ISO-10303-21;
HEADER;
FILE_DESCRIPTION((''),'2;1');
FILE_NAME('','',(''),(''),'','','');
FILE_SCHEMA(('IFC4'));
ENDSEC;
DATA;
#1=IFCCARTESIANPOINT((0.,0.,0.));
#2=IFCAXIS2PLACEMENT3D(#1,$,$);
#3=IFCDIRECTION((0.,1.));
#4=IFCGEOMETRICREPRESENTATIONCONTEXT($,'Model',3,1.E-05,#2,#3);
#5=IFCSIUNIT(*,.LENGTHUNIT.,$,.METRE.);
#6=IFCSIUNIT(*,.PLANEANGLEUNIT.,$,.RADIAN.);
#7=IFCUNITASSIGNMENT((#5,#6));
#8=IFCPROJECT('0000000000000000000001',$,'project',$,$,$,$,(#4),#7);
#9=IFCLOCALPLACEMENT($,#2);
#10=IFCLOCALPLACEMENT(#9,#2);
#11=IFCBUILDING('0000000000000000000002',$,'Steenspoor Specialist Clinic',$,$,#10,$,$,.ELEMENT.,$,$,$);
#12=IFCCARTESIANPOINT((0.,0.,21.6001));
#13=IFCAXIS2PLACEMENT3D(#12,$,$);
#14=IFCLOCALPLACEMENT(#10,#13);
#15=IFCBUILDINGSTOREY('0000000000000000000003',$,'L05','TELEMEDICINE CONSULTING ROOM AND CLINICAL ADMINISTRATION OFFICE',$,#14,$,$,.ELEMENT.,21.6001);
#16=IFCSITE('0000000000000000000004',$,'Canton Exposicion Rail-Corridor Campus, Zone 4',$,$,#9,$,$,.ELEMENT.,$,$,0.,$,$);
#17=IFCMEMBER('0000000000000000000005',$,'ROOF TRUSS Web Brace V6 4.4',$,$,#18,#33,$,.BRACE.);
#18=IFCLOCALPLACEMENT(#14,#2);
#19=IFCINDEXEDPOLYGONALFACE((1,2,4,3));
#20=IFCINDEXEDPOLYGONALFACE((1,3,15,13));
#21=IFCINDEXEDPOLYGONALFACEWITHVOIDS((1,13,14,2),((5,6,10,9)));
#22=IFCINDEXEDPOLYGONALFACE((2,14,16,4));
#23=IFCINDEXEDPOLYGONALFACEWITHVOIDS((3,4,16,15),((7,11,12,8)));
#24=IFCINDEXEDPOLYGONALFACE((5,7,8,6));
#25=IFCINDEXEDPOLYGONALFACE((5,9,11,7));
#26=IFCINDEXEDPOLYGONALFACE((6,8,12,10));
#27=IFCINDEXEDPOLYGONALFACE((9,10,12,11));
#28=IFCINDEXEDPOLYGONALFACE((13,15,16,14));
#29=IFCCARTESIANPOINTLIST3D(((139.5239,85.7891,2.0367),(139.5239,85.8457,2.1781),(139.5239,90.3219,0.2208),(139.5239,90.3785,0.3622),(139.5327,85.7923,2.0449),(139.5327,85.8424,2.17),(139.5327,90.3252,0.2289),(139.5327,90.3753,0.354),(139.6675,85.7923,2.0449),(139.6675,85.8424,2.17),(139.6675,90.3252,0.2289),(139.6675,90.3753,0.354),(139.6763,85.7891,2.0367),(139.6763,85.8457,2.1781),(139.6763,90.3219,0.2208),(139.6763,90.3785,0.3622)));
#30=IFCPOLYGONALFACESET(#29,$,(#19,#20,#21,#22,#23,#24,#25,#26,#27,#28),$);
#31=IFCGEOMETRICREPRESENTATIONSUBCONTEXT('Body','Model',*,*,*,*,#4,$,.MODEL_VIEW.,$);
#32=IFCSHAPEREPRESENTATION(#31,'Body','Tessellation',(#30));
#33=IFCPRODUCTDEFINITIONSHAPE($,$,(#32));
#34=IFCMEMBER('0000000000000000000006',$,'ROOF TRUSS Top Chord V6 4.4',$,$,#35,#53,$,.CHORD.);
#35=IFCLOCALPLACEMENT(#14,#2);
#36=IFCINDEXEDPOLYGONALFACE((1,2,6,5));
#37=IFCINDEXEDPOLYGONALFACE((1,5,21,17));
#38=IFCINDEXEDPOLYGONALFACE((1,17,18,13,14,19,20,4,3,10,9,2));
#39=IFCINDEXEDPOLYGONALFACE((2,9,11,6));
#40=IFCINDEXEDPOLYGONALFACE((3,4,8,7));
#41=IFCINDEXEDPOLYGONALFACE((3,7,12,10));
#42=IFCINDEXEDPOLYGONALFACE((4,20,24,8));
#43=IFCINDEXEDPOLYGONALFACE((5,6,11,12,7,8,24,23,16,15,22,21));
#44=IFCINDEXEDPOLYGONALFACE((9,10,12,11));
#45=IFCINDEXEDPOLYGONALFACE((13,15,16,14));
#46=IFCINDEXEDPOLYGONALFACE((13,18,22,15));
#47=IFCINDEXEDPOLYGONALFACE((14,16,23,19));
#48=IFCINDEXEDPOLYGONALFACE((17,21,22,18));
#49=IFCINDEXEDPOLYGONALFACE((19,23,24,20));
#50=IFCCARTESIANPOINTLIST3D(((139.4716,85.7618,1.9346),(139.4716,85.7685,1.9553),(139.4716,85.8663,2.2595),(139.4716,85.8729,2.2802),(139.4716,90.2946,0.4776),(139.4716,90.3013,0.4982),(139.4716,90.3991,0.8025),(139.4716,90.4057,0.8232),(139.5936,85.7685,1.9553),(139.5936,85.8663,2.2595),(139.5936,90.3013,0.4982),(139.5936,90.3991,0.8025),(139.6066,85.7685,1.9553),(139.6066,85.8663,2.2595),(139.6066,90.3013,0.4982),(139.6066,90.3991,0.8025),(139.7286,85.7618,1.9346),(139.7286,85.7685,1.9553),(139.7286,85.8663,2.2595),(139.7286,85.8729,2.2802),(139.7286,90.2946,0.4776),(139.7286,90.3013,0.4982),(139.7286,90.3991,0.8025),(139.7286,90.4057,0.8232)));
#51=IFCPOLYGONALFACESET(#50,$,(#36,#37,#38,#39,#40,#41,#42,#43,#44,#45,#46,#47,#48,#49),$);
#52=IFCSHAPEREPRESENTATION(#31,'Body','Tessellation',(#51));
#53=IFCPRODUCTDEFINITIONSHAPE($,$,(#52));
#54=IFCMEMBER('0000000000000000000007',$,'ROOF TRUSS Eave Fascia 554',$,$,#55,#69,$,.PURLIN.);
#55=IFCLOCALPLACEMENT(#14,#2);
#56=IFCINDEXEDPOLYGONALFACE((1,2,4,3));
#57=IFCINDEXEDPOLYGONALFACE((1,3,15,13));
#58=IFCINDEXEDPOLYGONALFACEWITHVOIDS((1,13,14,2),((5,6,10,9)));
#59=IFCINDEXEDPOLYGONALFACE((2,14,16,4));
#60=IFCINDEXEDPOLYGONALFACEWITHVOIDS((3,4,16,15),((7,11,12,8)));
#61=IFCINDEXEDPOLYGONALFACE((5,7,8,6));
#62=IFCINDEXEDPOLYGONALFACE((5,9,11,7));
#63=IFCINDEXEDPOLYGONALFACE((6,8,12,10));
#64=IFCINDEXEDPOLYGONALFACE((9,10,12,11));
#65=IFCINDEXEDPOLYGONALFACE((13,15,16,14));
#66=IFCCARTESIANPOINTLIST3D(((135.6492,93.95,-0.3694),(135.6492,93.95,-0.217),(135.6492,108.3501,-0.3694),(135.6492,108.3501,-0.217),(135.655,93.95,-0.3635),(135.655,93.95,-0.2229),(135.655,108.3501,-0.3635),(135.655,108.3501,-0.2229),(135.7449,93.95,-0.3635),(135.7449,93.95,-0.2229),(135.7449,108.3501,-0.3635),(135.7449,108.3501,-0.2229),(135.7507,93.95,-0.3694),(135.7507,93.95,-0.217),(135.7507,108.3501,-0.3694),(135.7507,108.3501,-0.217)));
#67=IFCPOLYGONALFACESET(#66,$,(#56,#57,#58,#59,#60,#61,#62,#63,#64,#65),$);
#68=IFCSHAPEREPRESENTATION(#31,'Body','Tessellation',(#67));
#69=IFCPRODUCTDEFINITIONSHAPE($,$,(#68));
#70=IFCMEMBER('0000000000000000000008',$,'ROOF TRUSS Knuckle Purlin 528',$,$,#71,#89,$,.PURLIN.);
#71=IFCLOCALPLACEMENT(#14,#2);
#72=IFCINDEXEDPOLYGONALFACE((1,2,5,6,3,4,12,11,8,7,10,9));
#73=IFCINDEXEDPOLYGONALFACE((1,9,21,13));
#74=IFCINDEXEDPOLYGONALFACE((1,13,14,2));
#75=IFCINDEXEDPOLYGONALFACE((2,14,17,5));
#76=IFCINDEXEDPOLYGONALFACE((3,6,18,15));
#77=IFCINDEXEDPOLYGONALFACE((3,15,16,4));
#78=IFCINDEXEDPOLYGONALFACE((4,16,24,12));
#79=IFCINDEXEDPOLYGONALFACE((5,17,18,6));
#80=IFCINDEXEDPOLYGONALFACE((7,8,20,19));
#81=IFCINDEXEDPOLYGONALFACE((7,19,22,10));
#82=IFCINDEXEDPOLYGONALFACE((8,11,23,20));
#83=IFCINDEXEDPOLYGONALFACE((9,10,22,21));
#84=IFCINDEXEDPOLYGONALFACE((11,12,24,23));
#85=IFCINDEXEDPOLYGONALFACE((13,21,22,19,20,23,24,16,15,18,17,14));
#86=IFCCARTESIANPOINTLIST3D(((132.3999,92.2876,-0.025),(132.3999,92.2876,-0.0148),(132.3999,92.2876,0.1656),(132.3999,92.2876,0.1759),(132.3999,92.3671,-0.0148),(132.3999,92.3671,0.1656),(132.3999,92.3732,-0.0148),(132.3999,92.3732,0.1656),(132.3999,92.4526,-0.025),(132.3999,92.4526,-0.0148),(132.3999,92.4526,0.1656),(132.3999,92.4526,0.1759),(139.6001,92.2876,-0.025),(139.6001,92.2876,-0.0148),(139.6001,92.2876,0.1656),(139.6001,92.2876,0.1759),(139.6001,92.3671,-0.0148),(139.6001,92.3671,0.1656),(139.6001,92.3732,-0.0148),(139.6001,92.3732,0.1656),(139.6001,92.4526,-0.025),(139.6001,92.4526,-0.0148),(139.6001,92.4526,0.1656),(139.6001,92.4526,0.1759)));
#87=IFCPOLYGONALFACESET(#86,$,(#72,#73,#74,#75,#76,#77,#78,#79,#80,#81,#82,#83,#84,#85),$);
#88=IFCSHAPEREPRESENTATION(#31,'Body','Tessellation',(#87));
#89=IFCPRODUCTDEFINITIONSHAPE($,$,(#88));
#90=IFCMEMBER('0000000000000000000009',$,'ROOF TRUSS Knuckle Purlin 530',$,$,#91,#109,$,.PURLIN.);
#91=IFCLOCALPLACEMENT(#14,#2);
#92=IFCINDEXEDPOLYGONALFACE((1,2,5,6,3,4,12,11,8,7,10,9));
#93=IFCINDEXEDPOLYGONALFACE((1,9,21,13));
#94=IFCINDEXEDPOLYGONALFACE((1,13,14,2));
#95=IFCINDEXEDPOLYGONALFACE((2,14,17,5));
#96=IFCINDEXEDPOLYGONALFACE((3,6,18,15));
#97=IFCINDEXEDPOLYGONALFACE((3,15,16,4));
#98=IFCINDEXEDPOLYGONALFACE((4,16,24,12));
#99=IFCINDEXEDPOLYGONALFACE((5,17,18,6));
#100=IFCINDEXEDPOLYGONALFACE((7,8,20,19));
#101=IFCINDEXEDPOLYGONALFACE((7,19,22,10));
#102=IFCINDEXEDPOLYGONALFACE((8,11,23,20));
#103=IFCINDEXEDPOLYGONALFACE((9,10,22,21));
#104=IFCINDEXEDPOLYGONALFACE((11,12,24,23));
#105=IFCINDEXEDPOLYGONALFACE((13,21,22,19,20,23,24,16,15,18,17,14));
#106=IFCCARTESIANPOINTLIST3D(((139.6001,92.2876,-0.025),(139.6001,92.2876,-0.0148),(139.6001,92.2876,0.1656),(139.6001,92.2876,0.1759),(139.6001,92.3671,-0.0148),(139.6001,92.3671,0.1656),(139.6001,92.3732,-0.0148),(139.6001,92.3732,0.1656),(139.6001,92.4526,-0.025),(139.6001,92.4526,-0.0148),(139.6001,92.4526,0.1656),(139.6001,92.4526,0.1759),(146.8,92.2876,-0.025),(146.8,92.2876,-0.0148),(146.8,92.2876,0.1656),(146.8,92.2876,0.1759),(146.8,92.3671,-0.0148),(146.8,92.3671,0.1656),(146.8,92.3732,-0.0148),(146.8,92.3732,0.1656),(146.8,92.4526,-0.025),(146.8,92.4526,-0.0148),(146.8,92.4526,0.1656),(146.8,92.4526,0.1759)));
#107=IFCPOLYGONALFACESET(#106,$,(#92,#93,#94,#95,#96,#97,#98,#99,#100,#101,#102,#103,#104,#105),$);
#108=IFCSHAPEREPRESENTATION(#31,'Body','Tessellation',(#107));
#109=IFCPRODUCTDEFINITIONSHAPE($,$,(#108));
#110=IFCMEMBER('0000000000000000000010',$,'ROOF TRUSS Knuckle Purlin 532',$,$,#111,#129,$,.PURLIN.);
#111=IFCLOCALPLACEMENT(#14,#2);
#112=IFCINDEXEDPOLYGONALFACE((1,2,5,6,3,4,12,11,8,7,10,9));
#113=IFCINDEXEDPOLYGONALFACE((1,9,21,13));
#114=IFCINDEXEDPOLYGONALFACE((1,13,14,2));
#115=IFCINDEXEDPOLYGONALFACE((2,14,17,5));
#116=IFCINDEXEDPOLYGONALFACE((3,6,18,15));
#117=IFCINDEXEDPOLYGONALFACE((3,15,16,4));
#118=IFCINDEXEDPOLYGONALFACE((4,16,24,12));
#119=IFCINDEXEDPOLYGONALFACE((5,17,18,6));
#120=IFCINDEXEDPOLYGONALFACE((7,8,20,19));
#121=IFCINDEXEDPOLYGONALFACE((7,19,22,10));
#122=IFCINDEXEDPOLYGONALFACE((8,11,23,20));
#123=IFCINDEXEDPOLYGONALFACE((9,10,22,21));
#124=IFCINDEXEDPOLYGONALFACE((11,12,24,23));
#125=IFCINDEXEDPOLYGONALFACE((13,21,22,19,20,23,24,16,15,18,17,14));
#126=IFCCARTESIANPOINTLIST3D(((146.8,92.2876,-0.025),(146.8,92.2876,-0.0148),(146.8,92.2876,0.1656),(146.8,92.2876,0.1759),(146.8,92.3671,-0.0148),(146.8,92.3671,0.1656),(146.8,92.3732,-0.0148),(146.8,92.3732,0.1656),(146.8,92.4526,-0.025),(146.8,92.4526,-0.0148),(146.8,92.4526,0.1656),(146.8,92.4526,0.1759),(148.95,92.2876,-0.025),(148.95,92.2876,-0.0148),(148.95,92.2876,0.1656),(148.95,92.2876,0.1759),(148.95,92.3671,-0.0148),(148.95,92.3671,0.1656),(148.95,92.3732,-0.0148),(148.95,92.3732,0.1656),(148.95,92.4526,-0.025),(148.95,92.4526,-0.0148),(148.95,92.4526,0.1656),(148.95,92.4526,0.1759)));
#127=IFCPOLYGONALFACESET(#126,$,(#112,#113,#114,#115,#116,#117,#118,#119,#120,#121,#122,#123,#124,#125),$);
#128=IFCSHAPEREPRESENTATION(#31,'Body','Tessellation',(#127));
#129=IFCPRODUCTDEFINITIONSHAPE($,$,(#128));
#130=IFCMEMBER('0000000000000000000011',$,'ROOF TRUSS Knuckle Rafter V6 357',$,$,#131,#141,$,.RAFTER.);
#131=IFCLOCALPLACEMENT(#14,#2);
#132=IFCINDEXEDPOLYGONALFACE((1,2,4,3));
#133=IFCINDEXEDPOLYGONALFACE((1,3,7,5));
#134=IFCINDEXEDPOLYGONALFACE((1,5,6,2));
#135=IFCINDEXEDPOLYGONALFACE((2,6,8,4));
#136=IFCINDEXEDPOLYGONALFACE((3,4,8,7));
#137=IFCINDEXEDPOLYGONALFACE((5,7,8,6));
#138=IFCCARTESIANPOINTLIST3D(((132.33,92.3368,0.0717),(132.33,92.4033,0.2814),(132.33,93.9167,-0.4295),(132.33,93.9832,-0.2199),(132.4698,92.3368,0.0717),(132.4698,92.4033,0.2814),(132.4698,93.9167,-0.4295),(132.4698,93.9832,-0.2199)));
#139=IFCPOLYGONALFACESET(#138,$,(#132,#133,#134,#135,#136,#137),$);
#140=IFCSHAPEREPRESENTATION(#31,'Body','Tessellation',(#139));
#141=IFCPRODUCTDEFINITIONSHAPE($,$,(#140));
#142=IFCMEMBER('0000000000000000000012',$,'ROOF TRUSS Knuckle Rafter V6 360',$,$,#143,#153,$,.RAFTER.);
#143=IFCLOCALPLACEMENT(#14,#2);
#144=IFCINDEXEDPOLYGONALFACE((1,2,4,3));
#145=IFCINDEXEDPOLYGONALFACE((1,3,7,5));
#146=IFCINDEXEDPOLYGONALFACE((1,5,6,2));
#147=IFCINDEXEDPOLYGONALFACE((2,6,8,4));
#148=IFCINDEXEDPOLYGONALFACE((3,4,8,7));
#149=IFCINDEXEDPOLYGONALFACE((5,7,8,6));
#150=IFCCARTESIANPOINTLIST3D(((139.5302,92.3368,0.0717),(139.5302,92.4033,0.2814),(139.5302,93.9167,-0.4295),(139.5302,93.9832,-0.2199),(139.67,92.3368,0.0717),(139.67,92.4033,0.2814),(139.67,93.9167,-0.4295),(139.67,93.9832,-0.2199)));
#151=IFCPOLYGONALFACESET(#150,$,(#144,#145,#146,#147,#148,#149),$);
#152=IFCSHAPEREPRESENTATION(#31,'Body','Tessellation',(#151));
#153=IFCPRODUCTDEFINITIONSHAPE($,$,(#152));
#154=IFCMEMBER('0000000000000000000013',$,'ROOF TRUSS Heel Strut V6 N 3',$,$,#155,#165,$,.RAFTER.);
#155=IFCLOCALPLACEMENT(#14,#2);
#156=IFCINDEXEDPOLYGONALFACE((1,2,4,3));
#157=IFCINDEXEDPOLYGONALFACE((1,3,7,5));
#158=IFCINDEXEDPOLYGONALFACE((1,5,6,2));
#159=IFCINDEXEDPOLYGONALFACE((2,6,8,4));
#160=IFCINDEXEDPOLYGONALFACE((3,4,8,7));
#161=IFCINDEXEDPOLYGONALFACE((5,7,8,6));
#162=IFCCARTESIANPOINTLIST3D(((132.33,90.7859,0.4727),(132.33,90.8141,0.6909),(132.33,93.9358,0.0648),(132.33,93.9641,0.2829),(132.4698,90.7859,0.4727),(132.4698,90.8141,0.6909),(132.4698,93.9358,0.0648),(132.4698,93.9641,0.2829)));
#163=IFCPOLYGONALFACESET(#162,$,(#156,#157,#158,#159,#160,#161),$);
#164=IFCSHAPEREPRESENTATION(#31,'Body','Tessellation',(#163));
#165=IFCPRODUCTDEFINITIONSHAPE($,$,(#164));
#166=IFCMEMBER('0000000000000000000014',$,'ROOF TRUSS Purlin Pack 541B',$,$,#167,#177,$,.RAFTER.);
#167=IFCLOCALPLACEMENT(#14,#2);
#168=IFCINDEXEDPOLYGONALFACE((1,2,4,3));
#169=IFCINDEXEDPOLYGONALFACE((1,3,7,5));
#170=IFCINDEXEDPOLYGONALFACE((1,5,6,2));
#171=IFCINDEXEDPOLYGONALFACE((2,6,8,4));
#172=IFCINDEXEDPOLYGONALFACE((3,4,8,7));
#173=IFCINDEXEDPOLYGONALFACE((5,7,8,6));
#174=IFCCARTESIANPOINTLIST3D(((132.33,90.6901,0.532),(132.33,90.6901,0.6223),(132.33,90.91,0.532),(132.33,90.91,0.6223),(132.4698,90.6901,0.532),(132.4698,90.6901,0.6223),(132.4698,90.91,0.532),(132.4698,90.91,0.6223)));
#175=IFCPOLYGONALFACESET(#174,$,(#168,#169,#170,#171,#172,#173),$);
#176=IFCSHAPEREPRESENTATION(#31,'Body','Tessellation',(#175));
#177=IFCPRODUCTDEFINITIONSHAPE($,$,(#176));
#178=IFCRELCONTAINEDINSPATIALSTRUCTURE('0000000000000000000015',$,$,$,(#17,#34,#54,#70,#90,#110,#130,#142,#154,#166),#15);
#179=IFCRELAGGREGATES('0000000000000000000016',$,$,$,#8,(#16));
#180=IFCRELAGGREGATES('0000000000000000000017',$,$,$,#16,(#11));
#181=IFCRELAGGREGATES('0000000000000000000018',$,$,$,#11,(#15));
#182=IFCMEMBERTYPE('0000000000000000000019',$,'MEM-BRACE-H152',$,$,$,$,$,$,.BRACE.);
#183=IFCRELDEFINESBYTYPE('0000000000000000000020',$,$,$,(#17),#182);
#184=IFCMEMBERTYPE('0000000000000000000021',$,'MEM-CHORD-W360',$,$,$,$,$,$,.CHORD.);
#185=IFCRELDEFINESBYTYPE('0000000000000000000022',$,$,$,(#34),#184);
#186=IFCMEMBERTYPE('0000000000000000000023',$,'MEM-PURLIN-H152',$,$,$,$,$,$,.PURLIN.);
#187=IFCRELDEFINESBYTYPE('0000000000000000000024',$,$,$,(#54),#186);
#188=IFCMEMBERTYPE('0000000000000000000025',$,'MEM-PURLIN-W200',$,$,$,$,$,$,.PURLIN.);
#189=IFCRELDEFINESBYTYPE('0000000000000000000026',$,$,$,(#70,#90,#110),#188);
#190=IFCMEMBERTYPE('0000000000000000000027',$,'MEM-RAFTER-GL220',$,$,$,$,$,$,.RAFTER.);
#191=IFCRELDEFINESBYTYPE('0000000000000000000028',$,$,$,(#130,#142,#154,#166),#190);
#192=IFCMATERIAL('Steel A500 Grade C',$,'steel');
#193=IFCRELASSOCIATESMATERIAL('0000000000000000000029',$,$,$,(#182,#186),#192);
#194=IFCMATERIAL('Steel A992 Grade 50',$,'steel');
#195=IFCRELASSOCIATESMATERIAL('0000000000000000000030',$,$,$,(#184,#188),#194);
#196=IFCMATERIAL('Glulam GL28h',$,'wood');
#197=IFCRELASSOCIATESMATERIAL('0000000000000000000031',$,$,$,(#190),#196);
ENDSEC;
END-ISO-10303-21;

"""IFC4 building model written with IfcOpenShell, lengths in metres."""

from ifc_helpers import new_model, si_unit, direction, frame, origin, origin_2d, place, context, subcontext, project, spatial, rectangle, hollow_rectangle, i_section, extrude, material, material_profile, profile_set, type_object, element, save


model = new_model("IFC4")

# Units and contexts
model_context = context("Model", 3, precision=1e-05, world=origin(), true_north=direction((0.0, 1.0)))
body_context = subcontext(model_context, "Body", "Model", "MODEL_VIEW")
ifc_project = project(units=[si_unit("LENGTHUNIT", "METRE"), si_unit("PLANEANGLEUNIT", "RADIAN")], contexts=[model_context])

# Site, building, storey
site_placement = place(None, origin())
site = spatial("IfcSite", under=ifc_project, at=site_placement, Name="Canton Exposicion Rail-Corridor Campus, Zone 4", CompositionType="ELEMENT", RefElevation=0.0)
building_placement = place(site_placement, origin())
building = spatial("IfcBuilding", under=site, at=building_placement, Name="Steenspoor Specialist Clinic", CompositionType="ELEMENT")
storey_placement = place(building_placement, frame((0.0, 0.0, 21.6001)))
storey = spatial("IfcBuildingStorey", under=building, at=storey_placement, Name="L05", Description="TELEMEDICINE CONSULTING ROOM AND CLINICAL ADMINISTRATION OFFICE", CompositionType="ELEMENT", Elevation=21.6001)

# Members
ifc_material_1 = material(Name="Steel A500 Grade C", Category="steel")
ifc_material_profile_1 = material_profile(ifc_material_1, hollow_rectangle(XDim=0.1523, YDim=0.1523, WallThickness=0.0088, at=origin_2d()), Name="HSS152X152X9.5")
ifc_profile_set_1 = profile_set([ifc_material_profile_1], Name="Steel A500 Grade C")
member_type_1 = type_object("IfcMemberType", Name="MEM-BRACE-H152", PredefinedType="BRACE", material=ifc_profile_set_1)
member_1_placement = place(storey_placement, frame((139.6001, 85.8174, 2.1074), z_axis=(0.0, 0.928277, -0.371891), x_axis=(-1.0, 0.0, 0.0)))
element("IfcMember", 1, at=member_1_placement, inside=storey, type_object=member_type_1, Name="ROOF TRUSS Web Brace V6 4.4", PredefinedType="BRACE", context=body_context, shape_type="SweptSolid", body=[
    extrude(hollow_rectangle(XDim=0.1523, YDim=0.1523, WallThickness=0.0088, at=origin_2d()), origin(), (0.0, 0.0, 1.0), 4.8831),
])
ifc_material_2 = material(Name="Steel A992 Grade 50", Category="steel")
ifc_material_profile_2 = material_profile(ifc_material_2, i_section(OverallWidth=0.2571, OverallDepth=0.363, WebThickness=0.0129, FlangeThickness=0.0217, at=origin_2d()), Name="W360X122")
ifc_profile_set_2 = profile_set([ifc_material_profile_2], Name="Steel A992 Grade 50")
member_type_2 = type_object("IfcMemberType", Name="MEM-CHORD-W360", PredefinedType="CHORD", material=ifc_profile_set_2)
member_2_placement = place(storey_placement, frame((139.6001, 85.8174, 2.1074), z_axis=(0.0, 0.952023, -0.306026), x_axis=(-1.0, 0.0, 0.0)))
element("IfcMember", 2, at=member_2_placement, inside=storey, type_object=member_type_2, Name="ROOF TRUSS Top Chord V6 4.4", PredefinedType="CHORD", context=body_context, shape_type="SweptSolid", body=[
    extrude(i_section(OverallWidth=0.2571, OverallDepth=0.363, WebThickness=0.0129, FlangeThickness=0.0217, at=origin_2d()), origin(), (0.0, 0.0, 1.0), 4.7612),
])
ifc_material_profile_3 = material_profile(ifc_material_1, hollow_rectangle(XDim=0.1016, YDim=0.1523, WallThickness=0.0059, at=origin_2d()), Name="HSS152X102X6.4")
ifc_profile_set_3 = profile_set([ifc_material_profile_3], Name="Steel A500 Grade C")
member_type_3 = type_object("IfcMemberType", Name="MEM-PURLIN-H152", PredefinedType="PURLIN", material=ifc_profile_set_3)
member_3_placement = place(storey_placement, frame((135.7, 93.95, -0.2932), z_axis=(0.0, 1.0, 0.0), x_axis=(-1.0, 0.0, 0.0)))
element("IfcMember", 3, at=member_3_placement, inside=storey, type_object=member_type_3, Name="ROOF TRUSS Eave Fascia 554", PredefinedType="PURLIN", context=body_context, shape_type="SweptSolid", body=[
    extrude(hollow_rectangle(XDim=0.1016, YDim=0.1523, WallThickness=0.0059, at=origin_2d()), origin(), (0.0, 0.0, 1.0), 14.4001),
])
ifc_material_profile_4 = material_profile(ifc_material_2, i_section(OverallWidth=0.165, OverallDepth=0.2009, WebThickness=0.0061, FlangeThickness=0.0103, at=origin_2d()), Name="W200X36")
ifc_profile_set_4 = profile_set([ifc_material_profile_4], Name="Steel A992 Grade 50")
member_type_4 = type_object("IfcMemberType", Name="MEM-PURLIN-W200", PredefinedType="PURLIN", material=ifc_profile_set_4)
member_4_placement = place(storey_placement, frame((132.3999, 92.3701, 0.0754), z_axis=(1.0, 0.0, 0.0), x_axis=(0.0, 1.0, 0.0)))
element("IfcMember", 4, at=member_4_placement, inside=storey, type_object=member_type_4, Name="ROOF TRUSS Knuckle Purlin 528", PredefinedType="PURLIN", context=body_context, shape_type="SweptSolid", body=[
    extrude(i_section(OverallWidth=0.165, OverallDepth=0.2009, WebThickness=0.0061, FlangeThickness=0.0103, at=origin_2d()), origin(), (0.0, 0.0, 1.0), 7.2002),
])
member_5_placement = place(storey_placement, frame((139.6001, 92.3701, 0.0754), z_axis=(1.0, 0.0, 0.0), x_axis=(0.0, 1.0, 0.0)))
element("IfcMember", 5, at=member_5_placement, inside=storey, type_object=member_type_4, Name="ROOF TRUSS Knuckle Purlin 530", PredefinedType="PURLIN", context=body_context, shape_type="SweptSolid", body=[
    extrude(i_section(OverallWidth=0.165, OverallDepth=0.2009, WebThickness=0.0061, FlangeThickness=0.0103, at=origin_2d()), origin(), (0.0, 0.0, 1.0), 7.2),
])
member_6_placement = place(storey_placement, frame((146.8, 92.3701, 0.0754), z_axis=(1.0, 0.0, 0.0), x_axis=(0.0, 1.0, 0.0)))
element("IfcMember", 6, at=member_6_placement, inside=storey, type_object=member_type_4, Name="ROOF TRUSS Knuckle Purlin 532", PredefinedType="PURLIN", context=body_context, shape_type="SweptSolid", body=[
    extrude(i_section(OverallWidth=0.165, OverallDepth=0.2009, WebThickness=0.0061, FlangeThickness=0.0103, at=origin_2d()), origin(), (0.0, 0.0, 1.0), 2.1499),
])
ifc_material_3 = material(Name="Glulam GL28h", Category="wood")
ifc_material_profile_5 = material_profile(ifc_material_3, rectangle(XDim=0.1399, YDim=0.22, at=origin_2d()), Name="GL28H-140X220")
ifc_profile_set_5 = profile_set([ifc_material_profile_5], Name="Glulam GL28h")
member_type_5 = type_object("IfcMemberType", Name="MEM-RAFTER-GL220", PredefinedType="RAFTER", material=ifc_profile_set_5)
for number, where, z_axis, x_axis, name in (
    (7, (132.3999, 93.95, -0.3247), (0.0, -0.953179, 0.302407), (1.0, 0.0, 0.0), "ROOF TRUSS Knuckle Rafter V6 357"),
    (8, (139.6001, 93.95, -0.3247), (0.0, -0.953179, 0.302407), (1.0, 0.0, 0.0), "ROOF TRUSS Knuckle Rafter V6 360"),
):
    element("IfcMember", number, at=place(storey_placement, frame(where, z_axis=z_axis, x_axis=x_axis)), inside=storey, type_object=member_type_5, Name=name, PredefinedType="RAFTER", context=body_context, shape_type="SweptSolid", body=[
        extrude(rectangle(XDim=0.1399, YDim=0.22, at=origin_2d()), origin(), (0.0, 0.0, 1.0), 1.6575),
    ])
member_7_placement = place(storey_placement, frame((132.3999, 93.95, 0.1738), z_axis=(0.0, -0.991717, 0.128442), x_axis=(1.0, 0.0, 0.0)))
element("IfcMember", 9, at=member_7_placement, inside=storey, type_object=member_type_5, Name="ROOF TRUSS Heel Strut V6 N 3", PredefinedType="RAFTER", context=body_context, shape_type="SweptSolid", body=[
    extrude(rectangle(XDim=0.1399, YDim=0.22, at=origin_2d()), origin(), (0.0, 0.0, 1.0), 3.1763),
])
member_8_placement = place(storey_placement, frame((132.3999, 90.8, 0.532), z_axis=(0.0, 0.0, 1.0), x_axis=(1.0, 0.0, 0.0)))
element("IfcMember", 10, at=member_8_placement, inside=storey, type_object=member_type_5, Name="ROOF TRUSS Purlin Pack 541B", PredefinedType="RAFTER", context=body_context, shape_type="SweptSolid", body=[
    extrude(rectangle(XDim=0.1399, YDim=0.22, at=origin_2d()), origin(), (0.0, 0.0, 1.0), 0.0903),
])

save(model, "model.ifc")
